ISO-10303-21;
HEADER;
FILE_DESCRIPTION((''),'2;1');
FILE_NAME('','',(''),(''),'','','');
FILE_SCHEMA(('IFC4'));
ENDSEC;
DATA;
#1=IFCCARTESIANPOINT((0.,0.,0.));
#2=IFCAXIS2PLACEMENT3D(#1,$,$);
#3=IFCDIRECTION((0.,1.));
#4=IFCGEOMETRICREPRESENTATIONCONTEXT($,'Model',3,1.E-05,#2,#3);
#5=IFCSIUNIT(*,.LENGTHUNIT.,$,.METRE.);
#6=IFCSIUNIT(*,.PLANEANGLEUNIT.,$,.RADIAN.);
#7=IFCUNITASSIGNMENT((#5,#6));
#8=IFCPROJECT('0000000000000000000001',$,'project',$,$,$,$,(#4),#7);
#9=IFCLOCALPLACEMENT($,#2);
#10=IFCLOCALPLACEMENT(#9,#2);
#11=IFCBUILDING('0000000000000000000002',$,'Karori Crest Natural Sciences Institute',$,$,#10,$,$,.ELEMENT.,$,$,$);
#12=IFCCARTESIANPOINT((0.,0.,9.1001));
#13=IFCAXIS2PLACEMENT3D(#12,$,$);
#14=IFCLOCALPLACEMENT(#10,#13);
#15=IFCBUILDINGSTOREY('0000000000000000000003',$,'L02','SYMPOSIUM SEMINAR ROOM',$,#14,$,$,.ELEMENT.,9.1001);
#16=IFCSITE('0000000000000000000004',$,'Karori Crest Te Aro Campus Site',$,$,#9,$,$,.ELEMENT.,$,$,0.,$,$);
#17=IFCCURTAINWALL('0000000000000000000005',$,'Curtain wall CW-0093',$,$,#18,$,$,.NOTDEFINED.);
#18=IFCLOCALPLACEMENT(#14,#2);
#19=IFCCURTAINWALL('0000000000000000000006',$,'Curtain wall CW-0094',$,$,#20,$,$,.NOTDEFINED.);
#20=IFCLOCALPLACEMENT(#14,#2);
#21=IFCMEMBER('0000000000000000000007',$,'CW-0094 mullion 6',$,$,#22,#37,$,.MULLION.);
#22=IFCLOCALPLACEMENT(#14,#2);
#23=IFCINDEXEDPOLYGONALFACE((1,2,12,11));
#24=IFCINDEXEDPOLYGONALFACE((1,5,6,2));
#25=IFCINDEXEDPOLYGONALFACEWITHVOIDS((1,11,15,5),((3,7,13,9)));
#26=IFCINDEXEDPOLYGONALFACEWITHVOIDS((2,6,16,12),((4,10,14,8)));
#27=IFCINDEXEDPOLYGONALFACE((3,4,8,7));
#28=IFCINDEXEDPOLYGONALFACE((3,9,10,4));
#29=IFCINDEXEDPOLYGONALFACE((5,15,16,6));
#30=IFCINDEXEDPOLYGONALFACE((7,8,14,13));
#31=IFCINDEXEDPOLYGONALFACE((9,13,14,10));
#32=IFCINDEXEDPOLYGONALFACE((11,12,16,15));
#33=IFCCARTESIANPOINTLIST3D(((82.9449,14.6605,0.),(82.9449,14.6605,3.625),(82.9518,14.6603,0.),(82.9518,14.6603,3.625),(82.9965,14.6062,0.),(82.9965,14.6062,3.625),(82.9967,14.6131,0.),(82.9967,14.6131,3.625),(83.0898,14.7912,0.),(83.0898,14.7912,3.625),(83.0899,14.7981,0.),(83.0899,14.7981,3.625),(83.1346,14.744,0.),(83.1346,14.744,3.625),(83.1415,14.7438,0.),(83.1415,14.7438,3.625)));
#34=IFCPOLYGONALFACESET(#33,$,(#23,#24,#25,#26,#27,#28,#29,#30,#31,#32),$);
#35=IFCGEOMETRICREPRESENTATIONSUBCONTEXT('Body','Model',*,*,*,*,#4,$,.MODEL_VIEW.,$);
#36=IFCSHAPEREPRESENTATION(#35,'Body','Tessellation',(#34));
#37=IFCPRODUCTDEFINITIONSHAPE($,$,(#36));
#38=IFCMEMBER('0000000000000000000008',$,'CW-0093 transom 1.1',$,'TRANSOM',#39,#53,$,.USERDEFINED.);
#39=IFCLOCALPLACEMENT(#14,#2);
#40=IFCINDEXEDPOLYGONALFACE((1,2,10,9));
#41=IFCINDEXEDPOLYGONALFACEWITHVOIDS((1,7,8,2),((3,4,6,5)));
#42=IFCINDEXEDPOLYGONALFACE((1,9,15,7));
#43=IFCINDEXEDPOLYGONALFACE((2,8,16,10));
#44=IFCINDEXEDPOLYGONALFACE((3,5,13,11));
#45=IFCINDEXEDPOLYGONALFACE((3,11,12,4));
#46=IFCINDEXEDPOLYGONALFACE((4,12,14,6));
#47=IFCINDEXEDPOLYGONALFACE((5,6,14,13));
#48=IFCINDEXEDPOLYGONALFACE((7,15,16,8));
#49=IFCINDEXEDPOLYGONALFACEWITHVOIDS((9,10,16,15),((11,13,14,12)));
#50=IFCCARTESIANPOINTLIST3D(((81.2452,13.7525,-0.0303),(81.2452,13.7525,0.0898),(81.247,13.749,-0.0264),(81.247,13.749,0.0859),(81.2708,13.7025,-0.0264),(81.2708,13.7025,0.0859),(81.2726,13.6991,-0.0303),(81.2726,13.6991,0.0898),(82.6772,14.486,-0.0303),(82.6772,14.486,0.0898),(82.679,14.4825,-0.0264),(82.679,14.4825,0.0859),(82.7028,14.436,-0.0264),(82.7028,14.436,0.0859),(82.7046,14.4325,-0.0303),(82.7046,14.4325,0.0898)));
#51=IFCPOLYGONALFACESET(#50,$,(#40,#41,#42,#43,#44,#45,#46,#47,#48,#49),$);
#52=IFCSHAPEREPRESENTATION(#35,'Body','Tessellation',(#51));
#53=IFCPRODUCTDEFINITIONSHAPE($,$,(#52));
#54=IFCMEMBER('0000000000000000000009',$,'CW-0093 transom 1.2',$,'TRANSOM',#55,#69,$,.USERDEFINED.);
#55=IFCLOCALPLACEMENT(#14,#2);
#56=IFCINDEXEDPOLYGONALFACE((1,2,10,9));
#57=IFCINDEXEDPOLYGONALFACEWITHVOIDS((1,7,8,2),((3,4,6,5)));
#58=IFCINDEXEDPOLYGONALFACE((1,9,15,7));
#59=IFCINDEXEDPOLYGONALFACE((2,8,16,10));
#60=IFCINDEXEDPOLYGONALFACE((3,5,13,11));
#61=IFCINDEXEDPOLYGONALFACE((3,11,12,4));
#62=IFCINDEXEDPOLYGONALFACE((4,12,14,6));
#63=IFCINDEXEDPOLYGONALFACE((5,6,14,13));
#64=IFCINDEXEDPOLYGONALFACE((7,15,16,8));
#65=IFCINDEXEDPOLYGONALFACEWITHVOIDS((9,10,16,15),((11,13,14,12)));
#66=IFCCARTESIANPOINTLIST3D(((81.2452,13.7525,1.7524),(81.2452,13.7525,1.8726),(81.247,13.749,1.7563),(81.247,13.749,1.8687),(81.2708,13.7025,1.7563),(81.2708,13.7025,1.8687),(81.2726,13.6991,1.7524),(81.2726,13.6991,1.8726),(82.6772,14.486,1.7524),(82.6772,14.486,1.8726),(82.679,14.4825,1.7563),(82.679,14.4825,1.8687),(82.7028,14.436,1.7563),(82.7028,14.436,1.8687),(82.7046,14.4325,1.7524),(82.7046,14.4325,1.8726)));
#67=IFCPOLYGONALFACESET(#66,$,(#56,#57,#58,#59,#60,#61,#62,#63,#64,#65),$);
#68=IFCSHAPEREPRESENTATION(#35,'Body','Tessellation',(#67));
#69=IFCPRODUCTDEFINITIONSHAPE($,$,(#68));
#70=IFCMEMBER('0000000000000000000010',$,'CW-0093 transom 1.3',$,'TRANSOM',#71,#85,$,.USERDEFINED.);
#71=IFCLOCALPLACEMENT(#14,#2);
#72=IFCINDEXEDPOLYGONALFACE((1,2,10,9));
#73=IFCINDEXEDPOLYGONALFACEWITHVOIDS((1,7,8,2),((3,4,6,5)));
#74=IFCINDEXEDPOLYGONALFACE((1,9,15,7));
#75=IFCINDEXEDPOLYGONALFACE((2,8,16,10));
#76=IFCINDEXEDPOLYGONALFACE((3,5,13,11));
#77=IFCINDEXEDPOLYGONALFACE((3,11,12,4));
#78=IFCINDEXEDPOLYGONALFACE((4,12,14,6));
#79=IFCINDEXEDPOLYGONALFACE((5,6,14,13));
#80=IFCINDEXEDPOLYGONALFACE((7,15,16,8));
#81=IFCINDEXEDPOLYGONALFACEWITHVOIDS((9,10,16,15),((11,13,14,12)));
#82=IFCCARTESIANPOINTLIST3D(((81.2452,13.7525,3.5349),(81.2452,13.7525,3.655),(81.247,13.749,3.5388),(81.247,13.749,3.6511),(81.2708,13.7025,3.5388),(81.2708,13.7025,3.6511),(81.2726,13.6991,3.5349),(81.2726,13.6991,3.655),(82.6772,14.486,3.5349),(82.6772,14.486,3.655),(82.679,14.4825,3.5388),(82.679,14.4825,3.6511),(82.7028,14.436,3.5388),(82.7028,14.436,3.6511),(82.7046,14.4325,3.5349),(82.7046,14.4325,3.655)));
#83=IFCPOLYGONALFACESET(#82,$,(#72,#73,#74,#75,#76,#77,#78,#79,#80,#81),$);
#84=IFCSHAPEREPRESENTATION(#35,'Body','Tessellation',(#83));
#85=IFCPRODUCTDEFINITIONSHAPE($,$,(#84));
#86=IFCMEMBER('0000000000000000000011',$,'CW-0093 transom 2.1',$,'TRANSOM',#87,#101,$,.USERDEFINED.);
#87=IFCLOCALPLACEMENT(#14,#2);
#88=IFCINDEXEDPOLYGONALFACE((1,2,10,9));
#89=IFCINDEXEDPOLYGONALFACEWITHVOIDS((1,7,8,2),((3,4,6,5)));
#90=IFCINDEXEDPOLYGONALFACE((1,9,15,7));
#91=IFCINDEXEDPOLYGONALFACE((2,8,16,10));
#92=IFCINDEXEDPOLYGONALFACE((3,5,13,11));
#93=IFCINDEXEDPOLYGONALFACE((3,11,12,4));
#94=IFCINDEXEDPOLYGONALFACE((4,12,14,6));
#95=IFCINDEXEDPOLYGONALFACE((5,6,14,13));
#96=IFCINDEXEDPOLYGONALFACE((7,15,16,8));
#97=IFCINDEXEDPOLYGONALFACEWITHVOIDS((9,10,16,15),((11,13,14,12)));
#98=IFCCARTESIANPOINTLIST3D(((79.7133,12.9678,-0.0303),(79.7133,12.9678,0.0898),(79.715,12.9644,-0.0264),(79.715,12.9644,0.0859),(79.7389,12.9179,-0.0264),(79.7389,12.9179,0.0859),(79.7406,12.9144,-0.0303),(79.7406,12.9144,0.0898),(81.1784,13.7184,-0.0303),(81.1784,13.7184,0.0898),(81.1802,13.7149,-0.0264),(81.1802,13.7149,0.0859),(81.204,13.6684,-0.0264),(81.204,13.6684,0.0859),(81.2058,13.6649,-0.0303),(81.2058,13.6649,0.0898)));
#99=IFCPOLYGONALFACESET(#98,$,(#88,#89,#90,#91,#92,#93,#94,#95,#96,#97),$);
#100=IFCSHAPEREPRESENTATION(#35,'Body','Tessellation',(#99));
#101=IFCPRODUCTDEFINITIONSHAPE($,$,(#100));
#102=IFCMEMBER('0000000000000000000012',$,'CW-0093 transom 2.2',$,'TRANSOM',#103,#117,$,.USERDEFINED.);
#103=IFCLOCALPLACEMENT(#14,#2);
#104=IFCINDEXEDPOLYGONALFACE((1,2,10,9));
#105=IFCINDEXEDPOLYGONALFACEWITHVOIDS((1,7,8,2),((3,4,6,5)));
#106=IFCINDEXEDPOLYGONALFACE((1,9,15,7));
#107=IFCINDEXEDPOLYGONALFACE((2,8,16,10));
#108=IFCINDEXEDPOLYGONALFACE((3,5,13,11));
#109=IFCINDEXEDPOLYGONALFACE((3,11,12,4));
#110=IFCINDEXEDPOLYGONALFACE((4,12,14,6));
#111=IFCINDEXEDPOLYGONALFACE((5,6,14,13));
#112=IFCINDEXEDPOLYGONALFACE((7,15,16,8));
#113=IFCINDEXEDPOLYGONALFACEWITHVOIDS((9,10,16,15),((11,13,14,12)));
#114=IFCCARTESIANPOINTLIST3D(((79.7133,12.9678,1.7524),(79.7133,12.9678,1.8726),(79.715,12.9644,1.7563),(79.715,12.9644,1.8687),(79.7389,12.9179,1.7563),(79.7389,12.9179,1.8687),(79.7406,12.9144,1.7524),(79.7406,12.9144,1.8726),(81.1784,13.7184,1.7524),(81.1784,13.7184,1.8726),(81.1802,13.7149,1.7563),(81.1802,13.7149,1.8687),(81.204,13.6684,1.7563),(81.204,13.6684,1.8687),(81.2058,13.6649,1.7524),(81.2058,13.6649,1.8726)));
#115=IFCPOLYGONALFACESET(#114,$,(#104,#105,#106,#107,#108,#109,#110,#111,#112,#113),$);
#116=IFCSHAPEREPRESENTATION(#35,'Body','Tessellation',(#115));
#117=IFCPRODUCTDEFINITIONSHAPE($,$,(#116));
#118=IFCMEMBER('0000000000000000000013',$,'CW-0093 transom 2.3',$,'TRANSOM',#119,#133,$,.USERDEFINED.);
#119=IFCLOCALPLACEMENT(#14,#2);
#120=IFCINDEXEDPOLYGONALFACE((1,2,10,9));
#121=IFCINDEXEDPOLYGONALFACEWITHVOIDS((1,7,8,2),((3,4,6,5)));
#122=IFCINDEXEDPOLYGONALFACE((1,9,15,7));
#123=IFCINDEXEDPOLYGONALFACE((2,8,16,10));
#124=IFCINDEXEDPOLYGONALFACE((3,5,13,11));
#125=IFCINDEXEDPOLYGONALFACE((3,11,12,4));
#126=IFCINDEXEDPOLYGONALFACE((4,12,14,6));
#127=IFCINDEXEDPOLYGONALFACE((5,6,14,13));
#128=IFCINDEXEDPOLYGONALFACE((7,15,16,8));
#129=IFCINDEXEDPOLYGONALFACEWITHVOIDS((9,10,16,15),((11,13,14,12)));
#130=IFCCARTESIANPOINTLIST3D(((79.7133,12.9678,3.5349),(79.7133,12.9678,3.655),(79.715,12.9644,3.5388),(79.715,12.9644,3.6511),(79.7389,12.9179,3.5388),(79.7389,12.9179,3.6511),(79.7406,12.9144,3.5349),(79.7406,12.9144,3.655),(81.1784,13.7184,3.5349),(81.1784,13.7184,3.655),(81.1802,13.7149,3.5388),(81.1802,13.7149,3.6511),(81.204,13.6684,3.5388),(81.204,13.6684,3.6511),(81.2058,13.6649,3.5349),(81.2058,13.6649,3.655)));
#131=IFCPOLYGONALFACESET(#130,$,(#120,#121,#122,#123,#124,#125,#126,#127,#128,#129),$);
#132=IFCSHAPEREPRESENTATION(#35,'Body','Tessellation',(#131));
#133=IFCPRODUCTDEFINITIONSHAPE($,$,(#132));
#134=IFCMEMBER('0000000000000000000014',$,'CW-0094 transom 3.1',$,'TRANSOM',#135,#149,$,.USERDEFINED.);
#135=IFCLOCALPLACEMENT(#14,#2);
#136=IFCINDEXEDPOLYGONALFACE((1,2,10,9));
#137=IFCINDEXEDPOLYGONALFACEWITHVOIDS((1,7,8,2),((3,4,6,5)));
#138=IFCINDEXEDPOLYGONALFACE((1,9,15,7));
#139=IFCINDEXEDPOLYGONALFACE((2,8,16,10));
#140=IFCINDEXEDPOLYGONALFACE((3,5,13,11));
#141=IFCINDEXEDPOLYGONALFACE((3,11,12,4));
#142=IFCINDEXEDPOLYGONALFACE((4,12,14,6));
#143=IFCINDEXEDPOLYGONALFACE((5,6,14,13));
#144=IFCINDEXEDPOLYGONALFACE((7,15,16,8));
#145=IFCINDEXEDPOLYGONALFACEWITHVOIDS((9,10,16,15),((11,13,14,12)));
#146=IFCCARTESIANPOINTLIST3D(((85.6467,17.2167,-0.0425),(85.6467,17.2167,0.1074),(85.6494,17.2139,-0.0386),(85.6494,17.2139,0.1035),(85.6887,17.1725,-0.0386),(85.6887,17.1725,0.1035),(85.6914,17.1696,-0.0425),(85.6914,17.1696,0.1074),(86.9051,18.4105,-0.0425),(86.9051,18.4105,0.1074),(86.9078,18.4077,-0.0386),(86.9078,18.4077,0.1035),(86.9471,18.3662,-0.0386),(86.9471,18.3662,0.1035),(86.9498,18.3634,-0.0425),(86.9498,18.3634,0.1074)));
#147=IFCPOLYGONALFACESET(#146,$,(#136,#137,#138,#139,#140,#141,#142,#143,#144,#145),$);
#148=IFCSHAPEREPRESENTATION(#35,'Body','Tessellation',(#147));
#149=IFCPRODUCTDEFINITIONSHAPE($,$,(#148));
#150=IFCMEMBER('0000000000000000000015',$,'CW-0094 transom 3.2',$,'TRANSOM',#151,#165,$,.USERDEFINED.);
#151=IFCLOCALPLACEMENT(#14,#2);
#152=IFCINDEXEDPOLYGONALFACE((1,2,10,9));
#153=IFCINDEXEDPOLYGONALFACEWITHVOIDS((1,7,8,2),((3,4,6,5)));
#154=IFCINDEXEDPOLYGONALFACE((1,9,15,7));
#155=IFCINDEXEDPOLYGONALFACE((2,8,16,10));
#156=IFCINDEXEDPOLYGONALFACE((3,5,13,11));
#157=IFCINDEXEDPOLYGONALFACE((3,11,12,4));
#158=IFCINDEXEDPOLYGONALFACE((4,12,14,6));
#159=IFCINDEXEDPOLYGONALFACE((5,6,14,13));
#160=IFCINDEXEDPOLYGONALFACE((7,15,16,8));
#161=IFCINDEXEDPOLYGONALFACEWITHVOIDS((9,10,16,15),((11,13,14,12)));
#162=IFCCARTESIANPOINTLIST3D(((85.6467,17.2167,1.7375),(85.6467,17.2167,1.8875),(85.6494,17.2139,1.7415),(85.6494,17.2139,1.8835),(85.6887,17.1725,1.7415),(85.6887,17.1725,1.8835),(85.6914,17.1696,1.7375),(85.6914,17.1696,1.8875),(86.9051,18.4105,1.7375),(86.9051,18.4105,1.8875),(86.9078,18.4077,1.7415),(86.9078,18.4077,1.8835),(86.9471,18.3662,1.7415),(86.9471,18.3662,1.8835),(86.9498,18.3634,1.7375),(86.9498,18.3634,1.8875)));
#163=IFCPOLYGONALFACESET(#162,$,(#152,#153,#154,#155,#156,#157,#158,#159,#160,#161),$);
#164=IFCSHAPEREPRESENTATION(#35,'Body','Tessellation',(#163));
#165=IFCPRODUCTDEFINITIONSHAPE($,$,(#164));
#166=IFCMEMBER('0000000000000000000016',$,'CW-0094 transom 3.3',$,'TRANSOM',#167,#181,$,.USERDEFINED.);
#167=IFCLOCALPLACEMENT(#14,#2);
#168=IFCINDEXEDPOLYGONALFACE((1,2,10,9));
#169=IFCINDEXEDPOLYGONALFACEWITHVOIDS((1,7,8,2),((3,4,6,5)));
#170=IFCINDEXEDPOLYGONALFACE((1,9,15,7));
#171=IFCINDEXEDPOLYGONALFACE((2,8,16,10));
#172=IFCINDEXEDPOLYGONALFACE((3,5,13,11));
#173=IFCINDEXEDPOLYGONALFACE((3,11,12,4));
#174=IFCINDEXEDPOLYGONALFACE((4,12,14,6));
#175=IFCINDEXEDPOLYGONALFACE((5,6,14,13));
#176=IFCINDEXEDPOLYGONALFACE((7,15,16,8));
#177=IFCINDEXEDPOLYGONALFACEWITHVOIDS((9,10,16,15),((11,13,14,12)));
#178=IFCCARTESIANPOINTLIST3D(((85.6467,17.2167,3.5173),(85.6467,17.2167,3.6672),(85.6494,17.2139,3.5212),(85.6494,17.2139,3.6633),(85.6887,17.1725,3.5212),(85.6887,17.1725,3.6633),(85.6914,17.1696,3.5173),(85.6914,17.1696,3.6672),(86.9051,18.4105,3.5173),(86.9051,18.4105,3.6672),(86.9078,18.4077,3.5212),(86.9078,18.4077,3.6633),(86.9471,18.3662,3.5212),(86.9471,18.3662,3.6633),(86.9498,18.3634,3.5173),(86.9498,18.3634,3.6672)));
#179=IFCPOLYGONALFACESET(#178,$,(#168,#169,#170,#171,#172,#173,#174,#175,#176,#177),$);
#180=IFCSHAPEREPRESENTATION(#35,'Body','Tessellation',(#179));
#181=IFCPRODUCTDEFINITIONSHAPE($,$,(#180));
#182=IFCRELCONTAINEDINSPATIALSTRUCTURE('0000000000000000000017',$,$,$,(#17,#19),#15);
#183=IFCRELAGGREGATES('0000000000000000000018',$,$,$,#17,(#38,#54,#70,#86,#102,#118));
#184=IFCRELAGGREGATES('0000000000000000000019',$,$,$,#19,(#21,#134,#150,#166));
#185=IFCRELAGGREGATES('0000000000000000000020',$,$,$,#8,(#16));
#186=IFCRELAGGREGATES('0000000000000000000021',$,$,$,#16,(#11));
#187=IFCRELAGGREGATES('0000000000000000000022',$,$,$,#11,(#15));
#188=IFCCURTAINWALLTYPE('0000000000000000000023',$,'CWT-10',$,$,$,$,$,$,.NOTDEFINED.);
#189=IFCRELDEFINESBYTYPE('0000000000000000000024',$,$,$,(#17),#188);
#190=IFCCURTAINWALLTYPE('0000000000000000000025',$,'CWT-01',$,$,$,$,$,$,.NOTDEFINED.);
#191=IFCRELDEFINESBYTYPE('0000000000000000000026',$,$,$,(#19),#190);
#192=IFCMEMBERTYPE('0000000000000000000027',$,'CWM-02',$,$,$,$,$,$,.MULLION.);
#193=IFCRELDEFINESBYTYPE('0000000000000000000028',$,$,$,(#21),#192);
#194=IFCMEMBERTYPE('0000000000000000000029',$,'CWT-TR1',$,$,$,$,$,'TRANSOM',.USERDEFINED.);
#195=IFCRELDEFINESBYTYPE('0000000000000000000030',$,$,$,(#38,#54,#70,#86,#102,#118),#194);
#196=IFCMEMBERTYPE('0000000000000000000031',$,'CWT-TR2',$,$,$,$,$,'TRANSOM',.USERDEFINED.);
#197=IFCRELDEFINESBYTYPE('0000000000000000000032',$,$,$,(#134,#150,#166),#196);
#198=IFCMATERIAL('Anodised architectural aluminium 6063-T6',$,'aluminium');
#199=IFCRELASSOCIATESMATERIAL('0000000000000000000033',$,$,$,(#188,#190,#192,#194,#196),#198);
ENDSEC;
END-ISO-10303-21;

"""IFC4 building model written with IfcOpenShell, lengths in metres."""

from ifc_helpers import new_model, si_unit, direction, frame, origin, origin_2d, place, context, subcontext, project, spatial, hollow_rectangle, extrude, material, material_profile, profile_set, type_object, element, aggregate, save


model = new_model("IFC4")

# Units and contexts
model_context = context("Model", 3, precision=1e-05, world=origin(), true_north=direction((0.0, 1.0)))
body_context = subcontext(model_context, "Body", "Model", "MODEL_VIEW")
ifc_project = project(units=[si_unit("LENGTHUNIT", "METRE"), si_unit("PLANEANGLEUNIT", "RADIAN")], contexts=[model_context])

# Site, building, storey
site_placement = place(None, origin())
site = spatial("IfcSite", under=ifc_project, at=site_placement, Name="Karori Crest Te Aro Campus Site", CompositionType="ELEMENT", RefElevation=0.0)
building_placement = place(site_placement, origin())
building = spatial("IfcBuilding", under=site, at=building_placement, Name="Karori Crest Natural Sciences Institute", CompositionType="ELEMENT")
storey_placement = place(building_placement, frame((0.0, 0.0, 9.1001)))
storey = spatial("IfcBuildingStorey", under=building, at=storey_placement, Name="L02", Description="SYMPOSIUM SEMINAR ROOM", CompositionType="ELEMENT", Elevation=9.1001)

# Curtain walls, member
ifc_material_1 = material(Name="Anodised architectural aluminium 6063-T6", Category="aluminium")
curtain_wall_type_1 = type_object("IfcCurtainWallType", Name="CWT-10", PredefinedType="NOTDEFINED", material=ifc_material_1)
curtain_wall_1_placement = place(storey_placement, origin())
curtain_wall_1 = element("IfcCurtainWall", 1, at=curtain_wall_1_placement, inside=storey, type_object=curtain_wall_type_1, Name="Curtain wall CW-0093", PredefinedType="NOTDEFINED")
ifc_material_profile_1 = material_profile(ifc_material_1, hollow_rectangle(XDim=0.075, YDim=0.2, WallThickness=0.0049, at=origin_2d()), Name="CWM200x75x5")
ifc_profile_set_1 = profile_set([ifc_material_profile_1], Name="Anodised architectural aluminium 6063-T6")
member_type_1 = type_object("IfcMemberType", Name="CWM-02", PredefinedType="MULLION", material=ifc_profile_set_1)
curtain_wall_type_2 = type_object("IfcCurtainWallType", Name="CWT-01", PredefinedType="NOTDEFINED", material=ifc_material_1)
curtain_wall_2_placement = place(storey_placement, origin())
curtain_wall_2 = element("IfcCurtainWall", 2, at=curtain_wall_2_placement, inside=storey, type_object=curtain_wall_type_2, Name="Curtain wall CW-0094", PredefinedType="NOTDEFINED")
member_1_placement = place(storey_placement, frame((83.0432, 14.7021, 0.0), z_axis=(0.0, 0.0, 1.0), x_axis=(0.688251, -0.725473, 0.0)))
member_1 = element("IfcMember", 3, at=member_1_placement, type_object=member_type_1, Name="CW-0094 mullion 6", PredefinedType="MULLION", context=body_context, shape_type="SweptSolid", body=[
    extrude(hollow_rectangle(XDim=0.075, YDim=0.2, WallThickness=0.0049, at=origin_2d()), origin(), (0.0, 0.0, 1.0), 3.625),
])

# Members
ifc_material_profile_2 = material_profile(ifc_material_1, hollow_rectangle(XDim=0.0601, YDim=0.1201, WallThickness=0.0039, at=origin_2d()), Name="CWT120x60x4")
ifc_profile_set_2 = profile_set([ifc_material_profile_2], Name="Anodised architectural aluminium 6063-T6")
member_type_2 = type_object("IfcMemberType", Name="CWT-TR1", ElementType="TRANSOM", PredefinedType="USERDEFINED", material=ifc_profile_set_2)
member_2_placement = place(storey_placement, frame((82.6909, 14.4592, 0.0298), z_axis=(-0.890045, -0.455873, 0.0), x_axis=(0.455873, -0.890045, 0.0)))
member_2 = element("IfcMember", 4, at=member_2_placement, type_object=member_type_2, Name="CW-0093 transom 1.1", ObjectType="TRANSOM", PredefinedType="USERDEFINED", context=body_context, shape_type="SweptSolid", body=[
    extrude(hollow_rectangle(XDim=0.0601, YDim=0.1201, WallThickness=0.0039, at=origin_2d()), origin(), (0.0, 0.0, 1.0), 1.6089),
])
member_3_placement = place(storey_placement, frame((82.6909, 14.4592, 1.8125), z_axis=(-0.890045, -0.455873, 0.0), x_axis=(0.455873, -0.890045, 0.0)))
member_3 = element("IfcMember", 5, at=member_3_placement, type_object=member_type_2, Name="CW-0093 transom 1.2", ObjectType="TRANSOM", PredefinedType="USERDEFINED", context=body_context, shape_type="SweptSolid", body=[
    extrude(hollow_rectangle(XDim=0.0601, YDim=0.1201, WallThickness=0.0039, at=origin_2d()), origin(), (0.0, 0.0, 1.0), 1.6089),
])
member_4_placement = place(storey_placement, frame((82.6909, 14.4592, 3.595), z_axis=(-0.890045, -0.455873, 0.0), x_axis=(0.455873, -0.890045, 0.0)))
member_4 = element("IfcMember", 6, at=member_4_placement, type_object=member_type_2, Name="CW-0093 transom 1.3", ObjectType="TRANSOM", PredefinedType="USERDEFINED", context=body_context, shape_type="SweptSolid", body=[
    extrude(hollow_rectangle(XDim=0.0601, YDim=0.1201, WallThickness=0.0039, at=origin_2d()), origin(), (0.0, 0.0, 1.0), 1.6089),
])
member_5_placement = place(storey_placement, frame((81.1921, 13.6917, 0.0298), z_axis=(-0.890024, -0.455913, 0.0), x_axis=(0.455913, -0.890024, 0.0)))
member_5 = element("IfcMember", 7, at=member_5_placement, type_object=member_type_2, Name="CW-0093 transom 2.1", ObjectType="TRANSOM", PredefinedType="USERDEFINED", context=body_context, shape_type="SweptSolid", body=[
    extrude(hollow_rectangle(XDim=0.0601, YDim=0.1201, WallThickness=0.0039, at=origin_2d()), origin(), (0.0, 0.0, 1.0), 1.6462),
])
member_6_placement = place(storey_placement, frame((81.1921, 13.6917, 1.8125), z_axis=(-0.890024, -0.455913, 0.0), x_axis=(0.455913, -0.890024, 0.0)))
member_6 = element("IfcMember", 8, at=member_6_placement, type_object=member_type_2, Name="CW-0093 transom 2.2", ObjectType="TRANSOM", PredefinedType="USERDEFINED", context=body_context, shape_type="SweptSolid", body=[
    extrude(hollow_rectangle(XDim=0.0601, YDim=0.1201, WallThickness=0.0039, at=origin_2d()), origin(), (0.0, 0.0, 1.0), 1.6462),
])
member_7_placement = place(storey_placement, frame((81.1921, 13.6917, 3.595), z_axis=(-0.890024, -0.455913, 0.0), x_axis=(0.455913, -0.890024, 0.0)))
member_7 = element("IfcMember", 9, at=member_7_placement, type_object=member_type_2, Name="CW-0093 transom 2.3", ObjectType="TRANSOM", PredefinedType="USERDEFINED", context=body_context, shape_type="SweptSolid", body=[
    extrude(hollow_rectangle(XDim=0.0601, YDim=0.1201, WallThickness=0.0039, at=origin_2d()), origin(), (0.0, 0.0, 1.0), 1.6462),
])
ifc_material_profile_3 = material_profile(ifc_material_1, hollow_rectangle(XDim=0.0649, YDim=0.1499, WallThickness=0.0039, at=origin_2d()), Name="CWT150x65x4")
ifc_profile_set_3 = profile_set([ifc_material_profile_3], Name="Anodised architectural aluminium 6063-T6")
member_type_3 = type_object("IfcMemberType", Name="CWT-TR2", ElementType="TRANSOM", PredefinedType="USERDEFINED", material=ifc_profile_set_3)
member_8_placement = place(storey_placement, frame((86.9275, 18.387, 0.0325), z_axis=(-0.725509, -0.688213, 0.0), x_axis=(0.688213, -0.725509, 0.0)))
member_8 = element("IfcMember", 10, at=member_8_placement, type_object=member_type_3, Name="CW-0094 transom 3.1", ObjectType="TRANSOM", PredefinedType="USERDEFINED", context=body_context, shape_type="SweptSolid", body=[
    extrude(hollow_rectangle(XDim=0.0649, YDim=0.1499, WallThickness=0.0039, at=origin_2d()), origin(), (0.0, 0.0, 1.0), 1.7346),
])
member_9_placement = place(storey_placement, frame((86.9275, 18.387, 1.8125), z_axis=(-0.725509, -0.688213, 0.0), x_axis=(0.688213, -0.725509, 0.0)))
member_9 = element("IfcMember", 11, at=member_9_placement, type_object=member_type_3, Name="CW-0094 transom 3.2", ObjectType="TRANSOM", PredefinedType="USERDEFINED", context=body_context, shape_type="SweptSolid", body=[
    extrude(hollow_rectangle(XDim=0.0649, YDim=0.1499, WallThickness=0.0039, at=origin_2d()), origin(), (0.0, 0.0, 1.0), 1.7346),
])
member_10_placement = place(storey_placement, frame((86.9275, 18.387, 3.5923), z_axis=(-0.725509, -0.688213, 0.0), x_axis=(0.688213, -0.725509, 0.0)))
member_10 = element("IfcMember", 12, at=member_10_placement, type_object=member_type_3, Name="CW-0094 transom 3.3", ObjectType="TRANSOM", PredefinedType="USERDEFINED", context=body_context, shape_type="SweptSolid", body=[
    extrude(hollow_rectangle(XDim=0.0649, YDim=0.1499, WallThickness=0.0039, at=origin_2d()), origin(), (0.0, 0.0, 1.0), 1.7346),
])

aggregate(curtain_wall_1, [member_2, member_3, member_4, member_5, member_6, member_7])
aggregate(curtain_wall_2, [member_1, member_8, member_9, member_10])

save(model, "model.ifc")
